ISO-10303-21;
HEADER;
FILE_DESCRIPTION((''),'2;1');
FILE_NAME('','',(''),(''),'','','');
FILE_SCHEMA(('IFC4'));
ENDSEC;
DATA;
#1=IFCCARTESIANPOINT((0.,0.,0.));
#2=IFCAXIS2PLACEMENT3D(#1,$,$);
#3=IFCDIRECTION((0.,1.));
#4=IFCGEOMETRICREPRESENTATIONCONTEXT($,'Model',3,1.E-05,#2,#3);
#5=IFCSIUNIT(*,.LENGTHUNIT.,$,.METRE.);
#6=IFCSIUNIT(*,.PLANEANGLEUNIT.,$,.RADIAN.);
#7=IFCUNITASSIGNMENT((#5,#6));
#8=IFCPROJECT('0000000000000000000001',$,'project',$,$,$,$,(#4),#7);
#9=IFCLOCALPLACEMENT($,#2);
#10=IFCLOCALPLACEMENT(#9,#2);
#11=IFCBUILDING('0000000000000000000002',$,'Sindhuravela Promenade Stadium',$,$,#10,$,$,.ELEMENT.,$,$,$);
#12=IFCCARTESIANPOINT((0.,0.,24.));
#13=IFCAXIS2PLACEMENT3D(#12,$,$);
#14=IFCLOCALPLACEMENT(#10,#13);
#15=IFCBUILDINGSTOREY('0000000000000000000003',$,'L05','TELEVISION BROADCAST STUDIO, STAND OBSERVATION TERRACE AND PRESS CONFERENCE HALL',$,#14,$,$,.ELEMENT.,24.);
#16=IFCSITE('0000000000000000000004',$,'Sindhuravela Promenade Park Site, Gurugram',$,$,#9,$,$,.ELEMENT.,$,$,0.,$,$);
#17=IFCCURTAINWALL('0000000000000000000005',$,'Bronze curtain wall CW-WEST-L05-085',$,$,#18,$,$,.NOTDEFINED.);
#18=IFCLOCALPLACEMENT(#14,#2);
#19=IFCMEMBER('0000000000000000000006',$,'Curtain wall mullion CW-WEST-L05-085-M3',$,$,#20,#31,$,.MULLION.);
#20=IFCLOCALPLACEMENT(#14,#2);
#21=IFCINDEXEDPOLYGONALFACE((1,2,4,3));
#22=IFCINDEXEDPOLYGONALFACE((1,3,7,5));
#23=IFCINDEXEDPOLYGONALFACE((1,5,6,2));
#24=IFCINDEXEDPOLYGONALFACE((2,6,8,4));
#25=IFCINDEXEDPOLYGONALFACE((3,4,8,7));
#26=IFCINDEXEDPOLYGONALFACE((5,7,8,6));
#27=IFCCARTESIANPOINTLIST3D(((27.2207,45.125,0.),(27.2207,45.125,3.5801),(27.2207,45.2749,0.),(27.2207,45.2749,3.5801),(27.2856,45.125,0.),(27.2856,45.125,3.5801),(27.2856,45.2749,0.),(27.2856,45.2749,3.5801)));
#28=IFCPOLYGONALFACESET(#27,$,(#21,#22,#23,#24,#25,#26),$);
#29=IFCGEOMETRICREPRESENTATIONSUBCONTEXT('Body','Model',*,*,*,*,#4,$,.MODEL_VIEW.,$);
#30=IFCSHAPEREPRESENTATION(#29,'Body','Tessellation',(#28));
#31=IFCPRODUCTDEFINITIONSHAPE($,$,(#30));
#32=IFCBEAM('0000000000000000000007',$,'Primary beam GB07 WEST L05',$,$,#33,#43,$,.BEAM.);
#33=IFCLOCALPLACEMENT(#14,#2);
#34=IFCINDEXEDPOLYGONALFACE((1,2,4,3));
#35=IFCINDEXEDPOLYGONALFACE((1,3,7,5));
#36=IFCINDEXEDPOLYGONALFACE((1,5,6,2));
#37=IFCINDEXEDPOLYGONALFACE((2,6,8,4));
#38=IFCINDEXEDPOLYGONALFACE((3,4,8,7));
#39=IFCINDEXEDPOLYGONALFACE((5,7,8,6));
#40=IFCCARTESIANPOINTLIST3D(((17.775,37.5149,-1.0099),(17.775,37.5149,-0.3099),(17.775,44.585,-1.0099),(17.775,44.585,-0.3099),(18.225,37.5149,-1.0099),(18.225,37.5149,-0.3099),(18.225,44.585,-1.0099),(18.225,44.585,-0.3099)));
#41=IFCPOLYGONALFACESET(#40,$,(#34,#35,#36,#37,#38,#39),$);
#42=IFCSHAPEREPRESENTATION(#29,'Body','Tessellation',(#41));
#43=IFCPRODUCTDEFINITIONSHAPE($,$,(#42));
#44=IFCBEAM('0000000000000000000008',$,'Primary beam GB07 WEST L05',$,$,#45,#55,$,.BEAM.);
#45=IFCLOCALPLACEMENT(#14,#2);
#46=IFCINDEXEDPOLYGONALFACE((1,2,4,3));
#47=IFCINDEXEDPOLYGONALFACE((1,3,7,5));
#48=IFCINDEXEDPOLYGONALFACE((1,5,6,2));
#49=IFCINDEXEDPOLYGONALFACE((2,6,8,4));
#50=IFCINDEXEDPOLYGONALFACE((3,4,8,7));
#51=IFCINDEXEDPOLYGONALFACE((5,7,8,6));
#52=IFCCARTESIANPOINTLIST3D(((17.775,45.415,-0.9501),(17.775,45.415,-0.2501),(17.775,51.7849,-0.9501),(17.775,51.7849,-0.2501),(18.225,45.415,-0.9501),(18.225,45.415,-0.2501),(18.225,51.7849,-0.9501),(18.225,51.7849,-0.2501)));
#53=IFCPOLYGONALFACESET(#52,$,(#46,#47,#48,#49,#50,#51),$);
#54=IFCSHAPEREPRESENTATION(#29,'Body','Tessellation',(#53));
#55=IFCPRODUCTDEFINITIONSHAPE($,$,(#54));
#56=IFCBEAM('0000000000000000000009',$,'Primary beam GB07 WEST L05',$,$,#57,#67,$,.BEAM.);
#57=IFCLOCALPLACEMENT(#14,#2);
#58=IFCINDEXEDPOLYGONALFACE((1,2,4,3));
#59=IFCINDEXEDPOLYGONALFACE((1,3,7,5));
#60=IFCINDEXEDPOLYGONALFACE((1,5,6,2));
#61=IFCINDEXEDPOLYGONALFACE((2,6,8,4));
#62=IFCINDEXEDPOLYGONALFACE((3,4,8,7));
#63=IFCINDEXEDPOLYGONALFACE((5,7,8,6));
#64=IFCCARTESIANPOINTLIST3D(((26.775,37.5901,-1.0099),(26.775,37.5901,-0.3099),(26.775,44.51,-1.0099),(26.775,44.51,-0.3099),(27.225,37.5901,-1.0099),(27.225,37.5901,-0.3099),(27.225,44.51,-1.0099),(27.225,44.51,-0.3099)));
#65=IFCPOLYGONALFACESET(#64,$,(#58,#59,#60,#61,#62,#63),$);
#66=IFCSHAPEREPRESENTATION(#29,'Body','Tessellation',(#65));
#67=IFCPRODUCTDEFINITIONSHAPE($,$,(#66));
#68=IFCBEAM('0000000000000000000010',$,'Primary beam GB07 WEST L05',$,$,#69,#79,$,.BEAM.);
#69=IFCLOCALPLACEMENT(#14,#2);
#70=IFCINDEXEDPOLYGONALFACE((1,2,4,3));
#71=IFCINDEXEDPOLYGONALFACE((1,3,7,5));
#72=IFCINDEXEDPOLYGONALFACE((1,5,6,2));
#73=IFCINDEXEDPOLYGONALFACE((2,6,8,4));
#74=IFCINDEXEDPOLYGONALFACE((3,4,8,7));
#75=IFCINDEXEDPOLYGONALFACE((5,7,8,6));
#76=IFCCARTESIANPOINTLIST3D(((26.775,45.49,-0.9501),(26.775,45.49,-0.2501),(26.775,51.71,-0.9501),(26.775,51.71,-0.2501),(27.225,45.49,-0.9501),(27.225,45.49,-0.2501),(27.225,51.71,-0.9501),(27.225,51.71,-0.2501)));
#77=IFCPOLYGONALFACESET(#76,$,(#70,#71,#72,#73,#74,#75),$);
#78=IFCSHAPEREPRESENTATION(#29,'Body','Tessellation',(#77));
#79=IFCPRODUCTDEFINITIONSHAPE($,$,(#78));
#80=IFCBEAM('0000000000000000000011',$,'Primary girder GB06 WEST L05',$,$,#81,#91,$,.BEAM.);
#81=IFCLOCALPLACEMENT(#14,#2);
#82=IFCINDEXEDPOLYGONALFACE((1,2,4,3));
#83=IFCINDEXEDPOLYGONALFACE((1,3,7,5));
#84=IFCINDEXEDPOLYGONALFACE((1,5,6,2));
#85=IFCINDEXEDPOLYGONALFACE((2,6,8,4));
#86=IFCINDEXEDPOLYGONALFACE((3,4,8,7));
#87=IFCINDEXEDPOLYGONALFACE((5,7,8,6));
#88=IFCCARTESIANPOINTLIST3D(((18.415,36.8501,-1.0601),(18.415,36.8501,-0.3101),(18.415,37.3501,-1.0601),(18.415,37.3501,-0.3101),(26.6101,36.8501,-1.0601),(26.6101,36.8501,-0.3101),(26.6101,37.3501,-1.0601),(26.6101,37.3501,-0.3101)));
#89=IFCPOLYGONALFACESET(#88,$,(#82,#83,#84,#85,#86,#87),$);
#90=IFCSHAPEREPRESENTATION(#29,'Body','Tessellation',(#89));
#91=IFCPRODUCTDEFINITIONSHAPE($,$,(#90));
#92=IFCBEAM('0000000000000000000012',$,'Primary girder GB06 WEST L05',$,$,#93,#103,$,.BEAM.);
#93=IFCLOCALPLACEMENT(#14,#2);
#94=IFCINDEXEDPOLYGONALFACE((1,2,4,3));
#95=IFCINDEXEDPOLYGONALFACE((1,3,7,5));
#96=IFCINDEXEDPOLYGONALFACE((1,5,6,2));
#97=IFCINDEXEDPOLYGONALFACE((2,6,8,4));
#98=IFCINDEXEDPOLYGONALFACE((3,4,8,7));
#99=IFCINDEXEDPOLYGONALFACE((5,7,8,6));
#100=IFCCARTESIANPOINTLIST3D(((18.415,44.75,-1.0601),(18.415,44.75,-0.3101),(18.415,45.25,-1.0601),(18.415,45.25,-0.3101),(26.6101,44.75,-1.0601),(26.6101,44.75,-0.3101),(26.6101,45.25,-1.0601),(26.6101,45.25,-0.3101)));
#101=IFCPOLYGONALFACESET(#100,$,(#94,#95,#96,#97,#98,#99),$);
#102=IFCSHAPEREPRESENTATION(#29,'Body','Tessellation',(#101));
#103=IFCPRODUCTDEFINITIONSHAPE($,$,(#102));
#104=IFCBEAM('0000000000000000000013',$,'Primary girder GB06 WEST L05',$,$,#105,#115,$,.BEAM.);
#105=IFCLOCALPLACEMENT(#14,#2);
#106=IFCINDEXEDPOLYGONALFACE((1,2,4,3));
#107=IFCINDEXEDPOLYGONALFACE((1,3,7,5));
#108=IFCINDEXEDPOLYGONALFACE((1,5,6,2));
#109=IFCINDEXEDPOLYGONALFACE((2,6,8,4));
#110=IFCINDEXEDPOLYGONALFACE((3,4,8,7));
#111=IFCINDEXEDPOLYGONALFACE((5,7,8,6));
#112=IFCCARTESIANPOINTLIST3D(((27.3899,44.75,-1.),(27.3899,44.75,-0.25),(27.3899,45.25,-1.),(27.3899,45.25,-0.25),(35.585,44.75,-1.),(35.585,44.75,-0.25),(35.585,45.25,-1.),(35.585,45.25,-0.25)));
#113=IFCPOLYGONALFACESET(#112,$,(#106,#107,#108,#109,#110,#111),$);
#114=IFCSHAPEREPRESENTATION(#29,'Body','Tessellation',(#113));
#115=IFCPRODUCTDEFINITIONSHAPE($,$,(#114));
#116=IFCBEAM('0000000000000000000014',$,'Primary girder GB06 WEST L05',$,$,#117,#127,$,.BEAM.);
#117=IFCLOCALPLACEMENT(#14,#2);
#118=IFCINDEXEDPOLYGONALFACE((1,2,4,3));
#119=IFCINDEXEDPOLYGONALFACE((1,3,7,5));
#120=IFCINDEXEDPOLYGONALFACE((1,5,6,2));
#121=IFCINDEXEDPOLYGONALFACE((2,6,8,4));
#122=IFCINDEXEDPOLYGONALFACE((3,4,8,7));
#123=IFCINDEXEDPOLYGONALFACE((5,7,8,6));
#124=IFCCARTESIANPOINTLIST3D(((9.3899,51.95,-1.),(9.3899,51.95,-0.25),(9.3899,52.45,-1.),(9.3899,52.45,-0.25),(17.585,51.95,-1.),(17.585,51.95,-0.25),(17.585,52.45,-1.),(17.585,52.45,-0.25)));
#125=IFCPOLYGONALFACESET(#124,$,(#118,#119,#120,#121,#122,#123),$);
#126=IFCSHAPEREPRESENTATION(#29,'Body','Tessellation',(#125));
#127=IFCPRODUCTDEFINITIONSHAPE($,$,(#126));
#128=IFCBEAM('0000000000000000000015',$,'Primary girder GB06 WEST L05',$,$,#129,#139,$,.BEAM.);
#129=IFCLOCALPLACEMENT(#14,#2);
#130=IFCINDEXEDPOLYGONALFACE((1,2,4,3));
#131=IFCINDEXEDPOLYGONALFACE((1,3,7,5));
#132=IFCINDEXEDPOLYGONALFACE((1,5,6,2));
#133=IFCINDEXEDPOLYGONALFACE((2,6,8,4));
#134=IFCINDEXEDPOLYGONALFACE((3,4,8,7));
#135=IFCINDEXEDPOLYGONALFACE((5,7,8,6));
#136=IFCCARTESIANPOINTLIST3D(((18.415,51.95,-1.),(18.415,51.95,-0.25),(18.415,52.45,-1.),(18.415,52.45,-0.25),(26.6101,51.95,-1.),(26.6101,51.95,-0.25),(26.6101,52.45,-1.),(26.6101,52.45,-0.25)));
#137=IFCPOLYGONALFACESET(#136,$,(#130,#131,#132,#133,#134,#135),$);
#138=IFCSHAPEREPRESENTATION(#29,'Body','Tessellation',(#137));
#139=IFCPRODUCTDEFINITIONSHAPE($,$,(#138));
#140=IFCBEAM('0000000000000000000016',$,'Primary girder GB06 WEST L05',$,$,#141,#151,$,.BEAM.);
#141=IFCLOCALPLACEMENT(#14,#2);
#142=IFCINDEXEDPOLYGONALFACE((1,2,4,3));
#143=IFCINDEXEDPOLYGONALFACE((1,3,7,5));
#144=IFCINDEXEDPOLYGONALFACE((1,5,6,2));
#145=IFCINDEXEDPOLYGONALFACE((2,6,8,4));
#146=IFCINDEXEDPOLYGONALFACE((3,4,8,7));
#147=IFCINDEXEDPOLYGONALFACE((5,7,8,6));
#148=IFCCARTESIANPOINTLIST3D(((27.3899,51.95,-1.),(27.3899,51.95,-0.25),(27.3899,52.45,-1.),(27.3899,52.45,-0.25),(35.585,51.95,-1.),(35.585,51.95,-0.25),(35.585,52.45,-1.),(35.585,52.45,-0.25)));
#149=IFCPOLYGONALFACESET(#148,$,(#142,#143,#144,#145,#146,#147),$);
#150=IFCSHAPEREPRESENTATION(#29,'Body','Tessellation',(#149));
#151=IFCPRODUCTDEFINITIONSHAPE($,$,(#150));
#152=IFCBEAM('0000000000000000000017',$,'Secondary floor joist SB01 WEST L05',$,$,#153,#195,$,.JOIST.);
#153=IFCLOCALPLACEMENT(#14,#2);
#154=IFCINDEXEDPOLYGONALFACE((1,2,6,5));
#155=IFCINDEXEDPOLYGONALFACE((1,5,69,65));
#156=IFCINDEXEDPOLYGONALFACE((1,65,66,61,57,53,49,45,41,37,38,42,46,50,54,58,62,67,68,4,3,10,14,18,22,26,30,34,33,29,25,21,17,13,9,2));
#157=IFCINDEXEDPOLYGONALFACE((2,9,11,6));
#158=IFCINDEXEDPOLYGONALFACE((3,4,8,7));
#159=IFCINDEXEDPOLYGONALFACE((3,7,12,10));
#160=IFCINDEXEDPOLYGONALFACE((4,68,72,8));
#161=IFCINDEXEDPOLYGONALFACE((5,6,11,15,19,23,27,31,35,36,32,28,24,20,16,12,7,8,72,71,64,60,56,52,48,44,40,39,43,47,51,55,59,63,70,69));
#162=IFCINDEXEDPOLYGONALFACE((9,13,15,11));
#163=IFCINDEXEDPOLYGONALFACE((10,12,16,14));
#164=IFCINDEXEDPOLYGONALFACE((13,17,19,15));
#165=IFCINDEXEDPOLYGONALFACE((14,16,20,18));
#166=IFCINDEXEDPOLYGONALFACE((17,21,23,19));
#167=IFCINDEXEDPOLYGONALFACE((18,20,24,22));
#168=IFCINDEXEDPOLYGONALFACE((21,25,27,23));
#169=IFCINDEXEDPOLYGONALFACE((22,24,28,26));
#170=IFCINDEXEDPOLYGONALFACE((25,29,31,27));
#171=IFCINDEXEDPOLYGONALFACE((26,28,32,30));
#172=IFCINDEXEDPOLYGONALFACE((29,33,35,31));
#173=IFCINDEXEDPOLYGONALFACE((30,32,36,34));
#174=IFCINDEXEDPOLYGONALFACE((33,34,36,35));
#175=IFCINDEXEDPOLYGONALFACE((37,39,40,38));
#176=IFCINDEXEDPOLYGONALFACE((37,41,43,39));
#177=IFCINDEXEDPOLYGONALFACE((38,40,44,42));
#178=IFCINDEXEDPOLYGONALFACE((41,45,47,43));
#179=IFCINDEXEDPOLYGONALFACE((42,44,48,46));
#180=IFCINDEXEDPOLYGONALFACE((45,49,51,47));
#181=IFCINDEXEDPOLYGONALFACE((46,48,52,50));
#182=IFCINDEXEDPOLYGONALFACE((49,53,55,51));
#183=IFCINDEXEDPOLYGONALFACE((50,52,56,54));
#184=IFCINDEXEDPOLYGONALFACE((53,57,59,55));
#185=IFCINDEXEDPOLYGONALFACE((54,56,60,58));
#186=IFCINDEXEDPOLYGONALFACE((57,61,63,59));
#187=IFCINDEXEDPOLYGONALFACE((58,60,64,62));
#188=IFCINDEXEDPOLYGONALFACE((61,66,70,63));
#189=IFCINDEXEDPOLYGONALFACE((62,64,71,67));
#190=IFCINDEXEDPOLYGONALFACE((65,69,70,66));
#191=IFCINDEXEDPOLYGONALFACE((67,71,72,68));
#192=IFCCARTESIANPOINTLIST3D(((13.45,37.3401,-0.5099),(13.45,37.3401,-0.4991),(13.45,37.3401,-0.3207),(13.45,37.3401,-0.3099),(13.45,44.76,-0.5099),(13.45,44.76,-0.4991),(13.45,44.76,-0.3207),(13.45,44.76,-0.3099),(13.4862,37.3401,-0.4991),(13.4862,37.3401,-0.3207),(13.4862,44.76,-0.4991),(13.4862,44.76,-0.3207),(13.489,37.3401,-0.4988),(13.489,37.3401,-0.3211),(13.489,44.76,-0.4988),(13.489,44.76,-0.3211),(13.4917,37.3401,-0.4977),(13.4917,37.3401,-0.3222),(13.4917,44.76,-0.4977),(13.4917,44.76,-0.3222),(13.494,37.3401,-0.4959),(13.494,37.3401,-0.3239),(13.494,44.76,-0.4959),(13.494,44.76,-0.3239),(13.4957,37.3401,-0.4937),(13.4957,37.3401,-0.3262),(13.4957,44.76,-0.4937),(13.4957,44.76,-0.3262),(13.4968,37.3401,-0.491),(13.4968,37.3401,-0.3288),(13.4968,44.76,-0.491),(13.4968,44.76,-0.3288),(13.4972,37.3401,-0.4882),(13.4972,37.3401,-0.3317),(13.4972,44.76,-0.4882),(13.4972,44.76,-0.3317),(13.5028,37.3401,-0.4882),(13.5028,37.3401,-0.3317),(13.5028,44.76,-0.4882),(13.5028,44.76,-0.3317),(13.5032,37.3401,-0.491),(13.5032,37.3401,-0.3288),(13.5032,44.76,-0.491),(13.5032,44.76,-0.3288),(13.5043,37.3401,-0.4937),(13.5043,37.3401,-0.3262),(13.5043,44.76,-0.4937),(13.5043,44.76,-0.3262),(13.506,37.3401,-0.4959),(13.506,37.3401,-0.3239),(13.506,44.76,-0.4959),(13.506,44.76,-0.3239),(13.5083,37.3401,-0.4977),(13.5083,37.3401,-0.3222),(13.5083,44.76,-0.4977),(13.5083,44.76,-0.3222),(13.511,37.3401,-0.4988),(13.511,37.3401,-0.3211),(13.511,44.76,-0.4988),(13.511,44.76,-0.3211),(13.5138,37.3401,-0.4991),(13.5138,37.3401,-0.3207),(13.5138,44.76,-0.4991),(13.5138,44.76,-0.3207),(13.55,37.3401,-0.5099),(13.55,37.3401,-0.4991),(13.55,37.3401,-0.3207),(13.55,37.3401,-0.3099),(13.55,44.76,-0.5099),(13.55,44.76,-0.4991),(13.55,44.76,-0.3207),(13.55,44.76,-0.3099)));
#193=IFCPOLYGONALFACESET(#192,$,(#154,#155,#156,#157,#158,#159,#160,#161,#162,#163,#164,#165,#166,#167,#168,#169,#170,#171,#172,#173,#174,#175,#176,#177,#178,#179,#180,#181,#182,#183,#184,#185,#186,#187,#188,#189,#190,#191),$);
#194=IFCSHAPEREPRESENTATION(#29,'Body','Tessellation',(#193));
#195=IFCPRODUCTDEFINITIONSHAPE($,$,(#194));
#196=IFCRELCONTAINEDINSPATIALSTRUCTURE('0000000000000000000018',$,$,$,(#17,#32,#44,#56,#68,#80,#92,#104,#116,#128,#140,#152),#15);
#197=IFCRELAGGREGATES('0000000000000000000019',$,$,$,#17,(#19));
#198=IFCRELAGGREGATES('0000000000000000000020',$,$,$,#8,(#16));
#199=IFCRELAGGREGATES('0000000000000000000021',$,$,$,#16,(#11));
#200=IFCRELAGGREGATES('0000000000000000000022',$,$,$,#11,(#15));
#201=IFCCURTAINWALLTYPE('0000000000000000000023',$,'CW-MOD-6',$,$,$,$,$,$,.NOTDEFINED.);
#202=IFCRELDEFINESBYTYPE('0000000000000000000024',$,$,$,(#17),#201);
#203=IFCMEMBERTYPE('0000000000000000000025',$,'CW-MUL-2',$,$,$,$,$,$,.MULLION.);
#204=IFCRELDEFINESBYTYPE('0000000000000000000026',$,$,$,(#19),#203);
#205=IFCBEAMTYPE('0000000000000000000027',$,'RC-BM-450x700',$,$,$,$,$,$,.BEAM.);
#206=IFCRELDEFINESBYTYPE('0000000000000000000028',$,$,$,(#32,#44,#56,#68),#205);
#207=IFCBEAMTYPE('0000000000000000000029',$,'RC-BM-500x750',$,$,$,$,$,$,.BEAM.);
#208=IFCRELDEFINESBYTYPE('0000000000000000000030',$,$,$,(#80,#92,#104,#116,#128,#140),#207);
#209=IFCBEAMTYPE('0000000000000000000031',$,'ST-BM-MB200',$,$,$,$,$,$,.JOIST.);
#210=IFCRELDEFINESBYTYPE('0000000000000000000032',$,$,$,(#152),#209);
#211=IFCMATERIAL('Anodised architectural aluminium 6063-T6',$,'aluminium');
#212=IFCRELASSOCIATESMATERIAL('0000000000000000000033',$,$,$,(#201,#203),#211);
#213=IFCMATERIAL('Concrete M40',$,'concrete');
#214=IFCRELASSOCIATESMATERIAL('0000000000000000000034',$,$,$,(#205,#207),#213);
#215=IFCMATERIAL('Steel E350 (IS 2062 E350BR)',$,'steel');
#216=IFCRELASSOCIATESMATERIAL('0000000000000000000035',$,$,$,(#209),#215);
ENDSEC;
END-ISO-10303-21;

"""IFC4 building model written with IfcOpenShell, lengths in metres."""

from ifc_helpers import new_model, si_unit, direction, frame, origin, origin_2d, place, context, subcontext, project, spatial, rectangle, i_section, extrude, material, material_profile, profile_set, type_object, element, aggregate, save


model = new_model("IFC4")

# Units and contexts
model_context = context("Model", 3, precision=1e-05, world=origin(), true_north=direction((0.0, 1.0)))
body_context = subcontext(model_context, "Body", "Model", "MODEL_VIEW")
ifc_project = project(units=[si_unit("LENGTHUNIT", "METRE"), si_unit("PLANEANGLEUNIT", "RADIAN")], contexts=[model_context])

# Site, building, storey
site_placement = place(None, origin())
site = spatial("IfcSite", under=ifc_project, at=site_placement, Name="Sindhuravela Promenade Park Site, Gurugram", CompositionType="ELEMENT", RefElevation=0.0)
building_placement = place(site_placement, origin())
building = spatial("IfcBuilding", under=site, at=building_placement, Name="Sindhuravela Promenade Stadium", CompositionType="ELEMENT")
storey_placement = place(building_placement, frame((0.0, 0.0, 24.0)))
storey = spatial("IfcBuildingStorey", under=building, at=storey_placement, Name="L05", Description="TELEVISION BROADCAST STUDIO, STAND OBSERVATION TERRACE AND PRESS CONFERENCE HALL", CompositionType="ELEMENT", Elevation=24.0)

# Shared definitions
ifc_material_1 = material(Name="Concrete M40", Category="concrete")
ifc_material_2 = material(Name="Steel E350 (IS 2062 E350BR)", Category="steel")

# Curtain wall, member
ifc_material_3 = material(Name="Anodised architectural aluminium 6063-T6", Category="aluminium")
curtain_wall_type = type_object("IfcCurtainWallType", Name="CW-MOD-6", PredefinedType="NOTDEFINED", material=ifc_material_3)
curtain_wall_placement = place(storey_placement, origin())
curtain_wall = element("IfcCurtainWall", 1, at=curtain_wall_placement, inside=storey, type_object=curtain_wall_type, Name="Bronze curtain wall CW-WEST-L05-085", PredefinedType="NOTDEFINED")
ifc_material_profile_1 = material_profile(ifc_material_3, rectangle(XDim=0.0649, YDim=0.1499, at=origin_2d()), Name="ALU MULL 65x150")
ifc_profile_set_1 = profile_set([ifc_material_profile_1], Name="Anodised architectural aluminium 6063-T6")
member_type = type_object("IfcMemberType", Name="CW-MUL-2", PredefinedType="MULLION", material=ifc_profile_set_1)
member_placement = place(storey_placement, frame((27.2532, 45.2, 0.0), z_axis=(0.0, 0.0, 1.0), x_axis=(1.0, 0.0, 0.0)))
member = element("IfcMember", 2, at=member_placement, type_object=member_type, Name="Curtain wall mullion CW-WEST-L05-085-M3", PredefinedType="MULLION", context=body_context, shape_type="SweptSolid", body=[
    extrude(rectangle(XDim=0.0649, YDim=0.1499, at=origin_2d()), origin(), (0.0, 0.0, 1.0), 3.5801),
])

# Beams
ifc_material_profile_2 = material_profile(ifc_material_1, rectangle(XDim=0.45, YDim=0.7, at=origin_2d()), Name="RC 450x700")
ifc_profile_set_2 = profile_set([ifc_material_profile_2], Name="Concrete M40")
beam_type_1 = type_object("IfcBeamType", Name="RC-BM-450x700", PredefinedType="BEAM", material=ifc_profile_set_2)
beam_1_placement = place(storey_placement, frame((18.0, 37.5149, -0.6599), z_axis=(0.0, 1.0, 0.0), x_axis=(-1.0, 0.0, 0.0)))
element("IfcBeam", 3, at=beam_1_placement, inside=storey, type_object=beam_type_1, Name="Primary beam GB07 WEST L05", PredefinedType="BEAM", context=body_context, shape_type="SweptSolid", body=[
    extrude(rectangle(XDim=0.45, YDim=0.7, at=origin_2d()), origin(), (0.0, 0.0, 1.0), 7.0701),
])
beam_2_placement = place(storey_placement, frame((18.0, 45.415, -0.6001), z_axis=(0.0, 1.0, 0.0), x_axis=(-1.0, 0.0, 0.0)))
element("IfcBeam", 4, at=beam_2_placement, inside=storey, type_object=beam_type_1, Name="Primary beam GB07 WEST L05", PredefinedType="BEAM", context=body_context, shape_type="SweptSolid", body=[
    extrude(rectangle(XDim=0.45, YDim=0.7, at=origin_2d()), origin(), (0.0, 0.0, 1.0), 6.3699),
])
beam_3_placement = place(storey_placement, frame((27.0, 37.5901, -0.6599), z_axis=(0.0, 1.0, 0.0), x_axis=(-1.0, 0.0, 0.0)))
element("IfcBeam", 5, at=beam_3_placement, inside=storey, type_object=beam_type_1, Name="Primary beam GB07 WEST L05", PredefinedType="BEAM", context=body_context, shape_type="SweptSolid", body=[
    extrude(rectangle(XDim=0.45, YDim=0.7, at=origin_2d()), origin(), (0.0, 0.0, 1.0), 6.9199),
])
beam_4_placement = place(storey_placement, frame((27.0, 45.49, -0.6001), z_axis=(0.0, 1.0, 0.0), x_axis=(-1.0, 0.0, 0.0)))
element("IfcBeam", 6, at=beam_4_placement, inside=storey, type_object=beam_type_1, Name="Primary beam GB07 WEST L05", PredefinedType="BEAM", context=body_context, shape_type="SweptSolid", body=[
    extrude(rectangle(XDim=0.45, YDim=0.7, at=origin_2d()), origin(), (0.0, 0.0, 1.0), 6.22),
])
ifc_material_profile_3 = material_profile(ifc_material_1, rectangle(XDim=0.5, YDim=0.75, at=origin_2d()), Name="RC 500x750")
ifc_profile_set_3 = profile_set([ifc_material_profile_3], Name="Concrete M40")
beam_type_2 = type_object("IfcBeamType", Name="RC-BM-500x750", PredefinedType="BEAM", material=ifc_profile_set_3)
for number, where, z_axis, x_axis, name in (
    (7, (18.415, 37.1001, -0.6851), (1.0, 0.0, 0.0), (0.0, 1.0, 0.0), "Primary girder GB06 WEST L05"),
    (8, (18.415, 45.0, -0.6851), (1.0, 0.0, 0.0), (0.0, 1.0, 0.0), "Primary girder GB06 WEST L05"),
    (9, (27.3899, 45.0, -0.625), (1.0, 0.0, 0.0), (0.0, 1.0, 0.0), "Primary girder GB06 WEST L05"),
    (10, (9.3899, 52.2, -0.625), (1.0, 0.0, 0.0), (0.0, 1.0, 0.0), "Primary girder GB06 WEST L05"),
    (11, (18.415, 52.2, -0.625), (1.0, 0.0, 0.0), (0.0, 1.0, 0.0), "Primary girder GB06 WEST L05"),
    (12, (27.3899, 52.2, -0.625), (1.0, 0.0, 0.0), (0.0, 1.0, 0.0), "Primary girder GB06 WEST L05"),
):
    element("IfcBeam", number, at=place(storey_placement, frame(where, z_axis=z_axis, x_axis=x_axis)), inside=storey, type_object=beam_type_2, Name=name, PredefinedType="BEAM", context=body_context, shape_type="SweptSolid", body=[
        extrude(rectangle(XDim=0.5, YDim=0.75, at=origin_2d()), origin(), (0.0, 0.0, 1.0), 8.1951),
    ])
ifc_material_profile_4 = material_profile(ifc_material_2, i_section(OverallWidth=0.1001, OverallDepth=0.2, WebThickness=0.0056, FlangeThickness=0.0107, FilletRadius=0.011, at=origin_2d()), Name="ISMB 200")
ifc_profile_set_4 = profile_set([ifc_material_profile_4], Name="Steel E350 (IS 2062 E350BR)")
beam_type_3 = type_object("IfcBeamType", Name="ST-BM-MB200", PredefinedType="JOIST", material=ifc_profile_set_4)
beam_5_placement = place(storey_placement, frame((13.5, 37.3401, -0.4099), z_axis=(0.0, 1.0, 0.0), x_axis=(-1.0, 0.0, 0.0)))
element("IfcBeam", 13, at=beam_5_placement, inside=storey, type_object=beam_type_3, Name="Secondary floor joist SB01 WEST L05", PredefinedType="JOIST", context=body_context, shape_type="SweptSolid", body=[
    extrude(i_section(OverallWidth=0.1001, OverallDepth=0.2, WebThickness=0.0056, FlangeThickness=0.0107, FilletRadius=0.011, at=origin_2d()), origin(), (0.0, 0.0, 1.0), 7.4199),
])

aggregate(curtain_wall, [member])

save(model, "model.ifc")
